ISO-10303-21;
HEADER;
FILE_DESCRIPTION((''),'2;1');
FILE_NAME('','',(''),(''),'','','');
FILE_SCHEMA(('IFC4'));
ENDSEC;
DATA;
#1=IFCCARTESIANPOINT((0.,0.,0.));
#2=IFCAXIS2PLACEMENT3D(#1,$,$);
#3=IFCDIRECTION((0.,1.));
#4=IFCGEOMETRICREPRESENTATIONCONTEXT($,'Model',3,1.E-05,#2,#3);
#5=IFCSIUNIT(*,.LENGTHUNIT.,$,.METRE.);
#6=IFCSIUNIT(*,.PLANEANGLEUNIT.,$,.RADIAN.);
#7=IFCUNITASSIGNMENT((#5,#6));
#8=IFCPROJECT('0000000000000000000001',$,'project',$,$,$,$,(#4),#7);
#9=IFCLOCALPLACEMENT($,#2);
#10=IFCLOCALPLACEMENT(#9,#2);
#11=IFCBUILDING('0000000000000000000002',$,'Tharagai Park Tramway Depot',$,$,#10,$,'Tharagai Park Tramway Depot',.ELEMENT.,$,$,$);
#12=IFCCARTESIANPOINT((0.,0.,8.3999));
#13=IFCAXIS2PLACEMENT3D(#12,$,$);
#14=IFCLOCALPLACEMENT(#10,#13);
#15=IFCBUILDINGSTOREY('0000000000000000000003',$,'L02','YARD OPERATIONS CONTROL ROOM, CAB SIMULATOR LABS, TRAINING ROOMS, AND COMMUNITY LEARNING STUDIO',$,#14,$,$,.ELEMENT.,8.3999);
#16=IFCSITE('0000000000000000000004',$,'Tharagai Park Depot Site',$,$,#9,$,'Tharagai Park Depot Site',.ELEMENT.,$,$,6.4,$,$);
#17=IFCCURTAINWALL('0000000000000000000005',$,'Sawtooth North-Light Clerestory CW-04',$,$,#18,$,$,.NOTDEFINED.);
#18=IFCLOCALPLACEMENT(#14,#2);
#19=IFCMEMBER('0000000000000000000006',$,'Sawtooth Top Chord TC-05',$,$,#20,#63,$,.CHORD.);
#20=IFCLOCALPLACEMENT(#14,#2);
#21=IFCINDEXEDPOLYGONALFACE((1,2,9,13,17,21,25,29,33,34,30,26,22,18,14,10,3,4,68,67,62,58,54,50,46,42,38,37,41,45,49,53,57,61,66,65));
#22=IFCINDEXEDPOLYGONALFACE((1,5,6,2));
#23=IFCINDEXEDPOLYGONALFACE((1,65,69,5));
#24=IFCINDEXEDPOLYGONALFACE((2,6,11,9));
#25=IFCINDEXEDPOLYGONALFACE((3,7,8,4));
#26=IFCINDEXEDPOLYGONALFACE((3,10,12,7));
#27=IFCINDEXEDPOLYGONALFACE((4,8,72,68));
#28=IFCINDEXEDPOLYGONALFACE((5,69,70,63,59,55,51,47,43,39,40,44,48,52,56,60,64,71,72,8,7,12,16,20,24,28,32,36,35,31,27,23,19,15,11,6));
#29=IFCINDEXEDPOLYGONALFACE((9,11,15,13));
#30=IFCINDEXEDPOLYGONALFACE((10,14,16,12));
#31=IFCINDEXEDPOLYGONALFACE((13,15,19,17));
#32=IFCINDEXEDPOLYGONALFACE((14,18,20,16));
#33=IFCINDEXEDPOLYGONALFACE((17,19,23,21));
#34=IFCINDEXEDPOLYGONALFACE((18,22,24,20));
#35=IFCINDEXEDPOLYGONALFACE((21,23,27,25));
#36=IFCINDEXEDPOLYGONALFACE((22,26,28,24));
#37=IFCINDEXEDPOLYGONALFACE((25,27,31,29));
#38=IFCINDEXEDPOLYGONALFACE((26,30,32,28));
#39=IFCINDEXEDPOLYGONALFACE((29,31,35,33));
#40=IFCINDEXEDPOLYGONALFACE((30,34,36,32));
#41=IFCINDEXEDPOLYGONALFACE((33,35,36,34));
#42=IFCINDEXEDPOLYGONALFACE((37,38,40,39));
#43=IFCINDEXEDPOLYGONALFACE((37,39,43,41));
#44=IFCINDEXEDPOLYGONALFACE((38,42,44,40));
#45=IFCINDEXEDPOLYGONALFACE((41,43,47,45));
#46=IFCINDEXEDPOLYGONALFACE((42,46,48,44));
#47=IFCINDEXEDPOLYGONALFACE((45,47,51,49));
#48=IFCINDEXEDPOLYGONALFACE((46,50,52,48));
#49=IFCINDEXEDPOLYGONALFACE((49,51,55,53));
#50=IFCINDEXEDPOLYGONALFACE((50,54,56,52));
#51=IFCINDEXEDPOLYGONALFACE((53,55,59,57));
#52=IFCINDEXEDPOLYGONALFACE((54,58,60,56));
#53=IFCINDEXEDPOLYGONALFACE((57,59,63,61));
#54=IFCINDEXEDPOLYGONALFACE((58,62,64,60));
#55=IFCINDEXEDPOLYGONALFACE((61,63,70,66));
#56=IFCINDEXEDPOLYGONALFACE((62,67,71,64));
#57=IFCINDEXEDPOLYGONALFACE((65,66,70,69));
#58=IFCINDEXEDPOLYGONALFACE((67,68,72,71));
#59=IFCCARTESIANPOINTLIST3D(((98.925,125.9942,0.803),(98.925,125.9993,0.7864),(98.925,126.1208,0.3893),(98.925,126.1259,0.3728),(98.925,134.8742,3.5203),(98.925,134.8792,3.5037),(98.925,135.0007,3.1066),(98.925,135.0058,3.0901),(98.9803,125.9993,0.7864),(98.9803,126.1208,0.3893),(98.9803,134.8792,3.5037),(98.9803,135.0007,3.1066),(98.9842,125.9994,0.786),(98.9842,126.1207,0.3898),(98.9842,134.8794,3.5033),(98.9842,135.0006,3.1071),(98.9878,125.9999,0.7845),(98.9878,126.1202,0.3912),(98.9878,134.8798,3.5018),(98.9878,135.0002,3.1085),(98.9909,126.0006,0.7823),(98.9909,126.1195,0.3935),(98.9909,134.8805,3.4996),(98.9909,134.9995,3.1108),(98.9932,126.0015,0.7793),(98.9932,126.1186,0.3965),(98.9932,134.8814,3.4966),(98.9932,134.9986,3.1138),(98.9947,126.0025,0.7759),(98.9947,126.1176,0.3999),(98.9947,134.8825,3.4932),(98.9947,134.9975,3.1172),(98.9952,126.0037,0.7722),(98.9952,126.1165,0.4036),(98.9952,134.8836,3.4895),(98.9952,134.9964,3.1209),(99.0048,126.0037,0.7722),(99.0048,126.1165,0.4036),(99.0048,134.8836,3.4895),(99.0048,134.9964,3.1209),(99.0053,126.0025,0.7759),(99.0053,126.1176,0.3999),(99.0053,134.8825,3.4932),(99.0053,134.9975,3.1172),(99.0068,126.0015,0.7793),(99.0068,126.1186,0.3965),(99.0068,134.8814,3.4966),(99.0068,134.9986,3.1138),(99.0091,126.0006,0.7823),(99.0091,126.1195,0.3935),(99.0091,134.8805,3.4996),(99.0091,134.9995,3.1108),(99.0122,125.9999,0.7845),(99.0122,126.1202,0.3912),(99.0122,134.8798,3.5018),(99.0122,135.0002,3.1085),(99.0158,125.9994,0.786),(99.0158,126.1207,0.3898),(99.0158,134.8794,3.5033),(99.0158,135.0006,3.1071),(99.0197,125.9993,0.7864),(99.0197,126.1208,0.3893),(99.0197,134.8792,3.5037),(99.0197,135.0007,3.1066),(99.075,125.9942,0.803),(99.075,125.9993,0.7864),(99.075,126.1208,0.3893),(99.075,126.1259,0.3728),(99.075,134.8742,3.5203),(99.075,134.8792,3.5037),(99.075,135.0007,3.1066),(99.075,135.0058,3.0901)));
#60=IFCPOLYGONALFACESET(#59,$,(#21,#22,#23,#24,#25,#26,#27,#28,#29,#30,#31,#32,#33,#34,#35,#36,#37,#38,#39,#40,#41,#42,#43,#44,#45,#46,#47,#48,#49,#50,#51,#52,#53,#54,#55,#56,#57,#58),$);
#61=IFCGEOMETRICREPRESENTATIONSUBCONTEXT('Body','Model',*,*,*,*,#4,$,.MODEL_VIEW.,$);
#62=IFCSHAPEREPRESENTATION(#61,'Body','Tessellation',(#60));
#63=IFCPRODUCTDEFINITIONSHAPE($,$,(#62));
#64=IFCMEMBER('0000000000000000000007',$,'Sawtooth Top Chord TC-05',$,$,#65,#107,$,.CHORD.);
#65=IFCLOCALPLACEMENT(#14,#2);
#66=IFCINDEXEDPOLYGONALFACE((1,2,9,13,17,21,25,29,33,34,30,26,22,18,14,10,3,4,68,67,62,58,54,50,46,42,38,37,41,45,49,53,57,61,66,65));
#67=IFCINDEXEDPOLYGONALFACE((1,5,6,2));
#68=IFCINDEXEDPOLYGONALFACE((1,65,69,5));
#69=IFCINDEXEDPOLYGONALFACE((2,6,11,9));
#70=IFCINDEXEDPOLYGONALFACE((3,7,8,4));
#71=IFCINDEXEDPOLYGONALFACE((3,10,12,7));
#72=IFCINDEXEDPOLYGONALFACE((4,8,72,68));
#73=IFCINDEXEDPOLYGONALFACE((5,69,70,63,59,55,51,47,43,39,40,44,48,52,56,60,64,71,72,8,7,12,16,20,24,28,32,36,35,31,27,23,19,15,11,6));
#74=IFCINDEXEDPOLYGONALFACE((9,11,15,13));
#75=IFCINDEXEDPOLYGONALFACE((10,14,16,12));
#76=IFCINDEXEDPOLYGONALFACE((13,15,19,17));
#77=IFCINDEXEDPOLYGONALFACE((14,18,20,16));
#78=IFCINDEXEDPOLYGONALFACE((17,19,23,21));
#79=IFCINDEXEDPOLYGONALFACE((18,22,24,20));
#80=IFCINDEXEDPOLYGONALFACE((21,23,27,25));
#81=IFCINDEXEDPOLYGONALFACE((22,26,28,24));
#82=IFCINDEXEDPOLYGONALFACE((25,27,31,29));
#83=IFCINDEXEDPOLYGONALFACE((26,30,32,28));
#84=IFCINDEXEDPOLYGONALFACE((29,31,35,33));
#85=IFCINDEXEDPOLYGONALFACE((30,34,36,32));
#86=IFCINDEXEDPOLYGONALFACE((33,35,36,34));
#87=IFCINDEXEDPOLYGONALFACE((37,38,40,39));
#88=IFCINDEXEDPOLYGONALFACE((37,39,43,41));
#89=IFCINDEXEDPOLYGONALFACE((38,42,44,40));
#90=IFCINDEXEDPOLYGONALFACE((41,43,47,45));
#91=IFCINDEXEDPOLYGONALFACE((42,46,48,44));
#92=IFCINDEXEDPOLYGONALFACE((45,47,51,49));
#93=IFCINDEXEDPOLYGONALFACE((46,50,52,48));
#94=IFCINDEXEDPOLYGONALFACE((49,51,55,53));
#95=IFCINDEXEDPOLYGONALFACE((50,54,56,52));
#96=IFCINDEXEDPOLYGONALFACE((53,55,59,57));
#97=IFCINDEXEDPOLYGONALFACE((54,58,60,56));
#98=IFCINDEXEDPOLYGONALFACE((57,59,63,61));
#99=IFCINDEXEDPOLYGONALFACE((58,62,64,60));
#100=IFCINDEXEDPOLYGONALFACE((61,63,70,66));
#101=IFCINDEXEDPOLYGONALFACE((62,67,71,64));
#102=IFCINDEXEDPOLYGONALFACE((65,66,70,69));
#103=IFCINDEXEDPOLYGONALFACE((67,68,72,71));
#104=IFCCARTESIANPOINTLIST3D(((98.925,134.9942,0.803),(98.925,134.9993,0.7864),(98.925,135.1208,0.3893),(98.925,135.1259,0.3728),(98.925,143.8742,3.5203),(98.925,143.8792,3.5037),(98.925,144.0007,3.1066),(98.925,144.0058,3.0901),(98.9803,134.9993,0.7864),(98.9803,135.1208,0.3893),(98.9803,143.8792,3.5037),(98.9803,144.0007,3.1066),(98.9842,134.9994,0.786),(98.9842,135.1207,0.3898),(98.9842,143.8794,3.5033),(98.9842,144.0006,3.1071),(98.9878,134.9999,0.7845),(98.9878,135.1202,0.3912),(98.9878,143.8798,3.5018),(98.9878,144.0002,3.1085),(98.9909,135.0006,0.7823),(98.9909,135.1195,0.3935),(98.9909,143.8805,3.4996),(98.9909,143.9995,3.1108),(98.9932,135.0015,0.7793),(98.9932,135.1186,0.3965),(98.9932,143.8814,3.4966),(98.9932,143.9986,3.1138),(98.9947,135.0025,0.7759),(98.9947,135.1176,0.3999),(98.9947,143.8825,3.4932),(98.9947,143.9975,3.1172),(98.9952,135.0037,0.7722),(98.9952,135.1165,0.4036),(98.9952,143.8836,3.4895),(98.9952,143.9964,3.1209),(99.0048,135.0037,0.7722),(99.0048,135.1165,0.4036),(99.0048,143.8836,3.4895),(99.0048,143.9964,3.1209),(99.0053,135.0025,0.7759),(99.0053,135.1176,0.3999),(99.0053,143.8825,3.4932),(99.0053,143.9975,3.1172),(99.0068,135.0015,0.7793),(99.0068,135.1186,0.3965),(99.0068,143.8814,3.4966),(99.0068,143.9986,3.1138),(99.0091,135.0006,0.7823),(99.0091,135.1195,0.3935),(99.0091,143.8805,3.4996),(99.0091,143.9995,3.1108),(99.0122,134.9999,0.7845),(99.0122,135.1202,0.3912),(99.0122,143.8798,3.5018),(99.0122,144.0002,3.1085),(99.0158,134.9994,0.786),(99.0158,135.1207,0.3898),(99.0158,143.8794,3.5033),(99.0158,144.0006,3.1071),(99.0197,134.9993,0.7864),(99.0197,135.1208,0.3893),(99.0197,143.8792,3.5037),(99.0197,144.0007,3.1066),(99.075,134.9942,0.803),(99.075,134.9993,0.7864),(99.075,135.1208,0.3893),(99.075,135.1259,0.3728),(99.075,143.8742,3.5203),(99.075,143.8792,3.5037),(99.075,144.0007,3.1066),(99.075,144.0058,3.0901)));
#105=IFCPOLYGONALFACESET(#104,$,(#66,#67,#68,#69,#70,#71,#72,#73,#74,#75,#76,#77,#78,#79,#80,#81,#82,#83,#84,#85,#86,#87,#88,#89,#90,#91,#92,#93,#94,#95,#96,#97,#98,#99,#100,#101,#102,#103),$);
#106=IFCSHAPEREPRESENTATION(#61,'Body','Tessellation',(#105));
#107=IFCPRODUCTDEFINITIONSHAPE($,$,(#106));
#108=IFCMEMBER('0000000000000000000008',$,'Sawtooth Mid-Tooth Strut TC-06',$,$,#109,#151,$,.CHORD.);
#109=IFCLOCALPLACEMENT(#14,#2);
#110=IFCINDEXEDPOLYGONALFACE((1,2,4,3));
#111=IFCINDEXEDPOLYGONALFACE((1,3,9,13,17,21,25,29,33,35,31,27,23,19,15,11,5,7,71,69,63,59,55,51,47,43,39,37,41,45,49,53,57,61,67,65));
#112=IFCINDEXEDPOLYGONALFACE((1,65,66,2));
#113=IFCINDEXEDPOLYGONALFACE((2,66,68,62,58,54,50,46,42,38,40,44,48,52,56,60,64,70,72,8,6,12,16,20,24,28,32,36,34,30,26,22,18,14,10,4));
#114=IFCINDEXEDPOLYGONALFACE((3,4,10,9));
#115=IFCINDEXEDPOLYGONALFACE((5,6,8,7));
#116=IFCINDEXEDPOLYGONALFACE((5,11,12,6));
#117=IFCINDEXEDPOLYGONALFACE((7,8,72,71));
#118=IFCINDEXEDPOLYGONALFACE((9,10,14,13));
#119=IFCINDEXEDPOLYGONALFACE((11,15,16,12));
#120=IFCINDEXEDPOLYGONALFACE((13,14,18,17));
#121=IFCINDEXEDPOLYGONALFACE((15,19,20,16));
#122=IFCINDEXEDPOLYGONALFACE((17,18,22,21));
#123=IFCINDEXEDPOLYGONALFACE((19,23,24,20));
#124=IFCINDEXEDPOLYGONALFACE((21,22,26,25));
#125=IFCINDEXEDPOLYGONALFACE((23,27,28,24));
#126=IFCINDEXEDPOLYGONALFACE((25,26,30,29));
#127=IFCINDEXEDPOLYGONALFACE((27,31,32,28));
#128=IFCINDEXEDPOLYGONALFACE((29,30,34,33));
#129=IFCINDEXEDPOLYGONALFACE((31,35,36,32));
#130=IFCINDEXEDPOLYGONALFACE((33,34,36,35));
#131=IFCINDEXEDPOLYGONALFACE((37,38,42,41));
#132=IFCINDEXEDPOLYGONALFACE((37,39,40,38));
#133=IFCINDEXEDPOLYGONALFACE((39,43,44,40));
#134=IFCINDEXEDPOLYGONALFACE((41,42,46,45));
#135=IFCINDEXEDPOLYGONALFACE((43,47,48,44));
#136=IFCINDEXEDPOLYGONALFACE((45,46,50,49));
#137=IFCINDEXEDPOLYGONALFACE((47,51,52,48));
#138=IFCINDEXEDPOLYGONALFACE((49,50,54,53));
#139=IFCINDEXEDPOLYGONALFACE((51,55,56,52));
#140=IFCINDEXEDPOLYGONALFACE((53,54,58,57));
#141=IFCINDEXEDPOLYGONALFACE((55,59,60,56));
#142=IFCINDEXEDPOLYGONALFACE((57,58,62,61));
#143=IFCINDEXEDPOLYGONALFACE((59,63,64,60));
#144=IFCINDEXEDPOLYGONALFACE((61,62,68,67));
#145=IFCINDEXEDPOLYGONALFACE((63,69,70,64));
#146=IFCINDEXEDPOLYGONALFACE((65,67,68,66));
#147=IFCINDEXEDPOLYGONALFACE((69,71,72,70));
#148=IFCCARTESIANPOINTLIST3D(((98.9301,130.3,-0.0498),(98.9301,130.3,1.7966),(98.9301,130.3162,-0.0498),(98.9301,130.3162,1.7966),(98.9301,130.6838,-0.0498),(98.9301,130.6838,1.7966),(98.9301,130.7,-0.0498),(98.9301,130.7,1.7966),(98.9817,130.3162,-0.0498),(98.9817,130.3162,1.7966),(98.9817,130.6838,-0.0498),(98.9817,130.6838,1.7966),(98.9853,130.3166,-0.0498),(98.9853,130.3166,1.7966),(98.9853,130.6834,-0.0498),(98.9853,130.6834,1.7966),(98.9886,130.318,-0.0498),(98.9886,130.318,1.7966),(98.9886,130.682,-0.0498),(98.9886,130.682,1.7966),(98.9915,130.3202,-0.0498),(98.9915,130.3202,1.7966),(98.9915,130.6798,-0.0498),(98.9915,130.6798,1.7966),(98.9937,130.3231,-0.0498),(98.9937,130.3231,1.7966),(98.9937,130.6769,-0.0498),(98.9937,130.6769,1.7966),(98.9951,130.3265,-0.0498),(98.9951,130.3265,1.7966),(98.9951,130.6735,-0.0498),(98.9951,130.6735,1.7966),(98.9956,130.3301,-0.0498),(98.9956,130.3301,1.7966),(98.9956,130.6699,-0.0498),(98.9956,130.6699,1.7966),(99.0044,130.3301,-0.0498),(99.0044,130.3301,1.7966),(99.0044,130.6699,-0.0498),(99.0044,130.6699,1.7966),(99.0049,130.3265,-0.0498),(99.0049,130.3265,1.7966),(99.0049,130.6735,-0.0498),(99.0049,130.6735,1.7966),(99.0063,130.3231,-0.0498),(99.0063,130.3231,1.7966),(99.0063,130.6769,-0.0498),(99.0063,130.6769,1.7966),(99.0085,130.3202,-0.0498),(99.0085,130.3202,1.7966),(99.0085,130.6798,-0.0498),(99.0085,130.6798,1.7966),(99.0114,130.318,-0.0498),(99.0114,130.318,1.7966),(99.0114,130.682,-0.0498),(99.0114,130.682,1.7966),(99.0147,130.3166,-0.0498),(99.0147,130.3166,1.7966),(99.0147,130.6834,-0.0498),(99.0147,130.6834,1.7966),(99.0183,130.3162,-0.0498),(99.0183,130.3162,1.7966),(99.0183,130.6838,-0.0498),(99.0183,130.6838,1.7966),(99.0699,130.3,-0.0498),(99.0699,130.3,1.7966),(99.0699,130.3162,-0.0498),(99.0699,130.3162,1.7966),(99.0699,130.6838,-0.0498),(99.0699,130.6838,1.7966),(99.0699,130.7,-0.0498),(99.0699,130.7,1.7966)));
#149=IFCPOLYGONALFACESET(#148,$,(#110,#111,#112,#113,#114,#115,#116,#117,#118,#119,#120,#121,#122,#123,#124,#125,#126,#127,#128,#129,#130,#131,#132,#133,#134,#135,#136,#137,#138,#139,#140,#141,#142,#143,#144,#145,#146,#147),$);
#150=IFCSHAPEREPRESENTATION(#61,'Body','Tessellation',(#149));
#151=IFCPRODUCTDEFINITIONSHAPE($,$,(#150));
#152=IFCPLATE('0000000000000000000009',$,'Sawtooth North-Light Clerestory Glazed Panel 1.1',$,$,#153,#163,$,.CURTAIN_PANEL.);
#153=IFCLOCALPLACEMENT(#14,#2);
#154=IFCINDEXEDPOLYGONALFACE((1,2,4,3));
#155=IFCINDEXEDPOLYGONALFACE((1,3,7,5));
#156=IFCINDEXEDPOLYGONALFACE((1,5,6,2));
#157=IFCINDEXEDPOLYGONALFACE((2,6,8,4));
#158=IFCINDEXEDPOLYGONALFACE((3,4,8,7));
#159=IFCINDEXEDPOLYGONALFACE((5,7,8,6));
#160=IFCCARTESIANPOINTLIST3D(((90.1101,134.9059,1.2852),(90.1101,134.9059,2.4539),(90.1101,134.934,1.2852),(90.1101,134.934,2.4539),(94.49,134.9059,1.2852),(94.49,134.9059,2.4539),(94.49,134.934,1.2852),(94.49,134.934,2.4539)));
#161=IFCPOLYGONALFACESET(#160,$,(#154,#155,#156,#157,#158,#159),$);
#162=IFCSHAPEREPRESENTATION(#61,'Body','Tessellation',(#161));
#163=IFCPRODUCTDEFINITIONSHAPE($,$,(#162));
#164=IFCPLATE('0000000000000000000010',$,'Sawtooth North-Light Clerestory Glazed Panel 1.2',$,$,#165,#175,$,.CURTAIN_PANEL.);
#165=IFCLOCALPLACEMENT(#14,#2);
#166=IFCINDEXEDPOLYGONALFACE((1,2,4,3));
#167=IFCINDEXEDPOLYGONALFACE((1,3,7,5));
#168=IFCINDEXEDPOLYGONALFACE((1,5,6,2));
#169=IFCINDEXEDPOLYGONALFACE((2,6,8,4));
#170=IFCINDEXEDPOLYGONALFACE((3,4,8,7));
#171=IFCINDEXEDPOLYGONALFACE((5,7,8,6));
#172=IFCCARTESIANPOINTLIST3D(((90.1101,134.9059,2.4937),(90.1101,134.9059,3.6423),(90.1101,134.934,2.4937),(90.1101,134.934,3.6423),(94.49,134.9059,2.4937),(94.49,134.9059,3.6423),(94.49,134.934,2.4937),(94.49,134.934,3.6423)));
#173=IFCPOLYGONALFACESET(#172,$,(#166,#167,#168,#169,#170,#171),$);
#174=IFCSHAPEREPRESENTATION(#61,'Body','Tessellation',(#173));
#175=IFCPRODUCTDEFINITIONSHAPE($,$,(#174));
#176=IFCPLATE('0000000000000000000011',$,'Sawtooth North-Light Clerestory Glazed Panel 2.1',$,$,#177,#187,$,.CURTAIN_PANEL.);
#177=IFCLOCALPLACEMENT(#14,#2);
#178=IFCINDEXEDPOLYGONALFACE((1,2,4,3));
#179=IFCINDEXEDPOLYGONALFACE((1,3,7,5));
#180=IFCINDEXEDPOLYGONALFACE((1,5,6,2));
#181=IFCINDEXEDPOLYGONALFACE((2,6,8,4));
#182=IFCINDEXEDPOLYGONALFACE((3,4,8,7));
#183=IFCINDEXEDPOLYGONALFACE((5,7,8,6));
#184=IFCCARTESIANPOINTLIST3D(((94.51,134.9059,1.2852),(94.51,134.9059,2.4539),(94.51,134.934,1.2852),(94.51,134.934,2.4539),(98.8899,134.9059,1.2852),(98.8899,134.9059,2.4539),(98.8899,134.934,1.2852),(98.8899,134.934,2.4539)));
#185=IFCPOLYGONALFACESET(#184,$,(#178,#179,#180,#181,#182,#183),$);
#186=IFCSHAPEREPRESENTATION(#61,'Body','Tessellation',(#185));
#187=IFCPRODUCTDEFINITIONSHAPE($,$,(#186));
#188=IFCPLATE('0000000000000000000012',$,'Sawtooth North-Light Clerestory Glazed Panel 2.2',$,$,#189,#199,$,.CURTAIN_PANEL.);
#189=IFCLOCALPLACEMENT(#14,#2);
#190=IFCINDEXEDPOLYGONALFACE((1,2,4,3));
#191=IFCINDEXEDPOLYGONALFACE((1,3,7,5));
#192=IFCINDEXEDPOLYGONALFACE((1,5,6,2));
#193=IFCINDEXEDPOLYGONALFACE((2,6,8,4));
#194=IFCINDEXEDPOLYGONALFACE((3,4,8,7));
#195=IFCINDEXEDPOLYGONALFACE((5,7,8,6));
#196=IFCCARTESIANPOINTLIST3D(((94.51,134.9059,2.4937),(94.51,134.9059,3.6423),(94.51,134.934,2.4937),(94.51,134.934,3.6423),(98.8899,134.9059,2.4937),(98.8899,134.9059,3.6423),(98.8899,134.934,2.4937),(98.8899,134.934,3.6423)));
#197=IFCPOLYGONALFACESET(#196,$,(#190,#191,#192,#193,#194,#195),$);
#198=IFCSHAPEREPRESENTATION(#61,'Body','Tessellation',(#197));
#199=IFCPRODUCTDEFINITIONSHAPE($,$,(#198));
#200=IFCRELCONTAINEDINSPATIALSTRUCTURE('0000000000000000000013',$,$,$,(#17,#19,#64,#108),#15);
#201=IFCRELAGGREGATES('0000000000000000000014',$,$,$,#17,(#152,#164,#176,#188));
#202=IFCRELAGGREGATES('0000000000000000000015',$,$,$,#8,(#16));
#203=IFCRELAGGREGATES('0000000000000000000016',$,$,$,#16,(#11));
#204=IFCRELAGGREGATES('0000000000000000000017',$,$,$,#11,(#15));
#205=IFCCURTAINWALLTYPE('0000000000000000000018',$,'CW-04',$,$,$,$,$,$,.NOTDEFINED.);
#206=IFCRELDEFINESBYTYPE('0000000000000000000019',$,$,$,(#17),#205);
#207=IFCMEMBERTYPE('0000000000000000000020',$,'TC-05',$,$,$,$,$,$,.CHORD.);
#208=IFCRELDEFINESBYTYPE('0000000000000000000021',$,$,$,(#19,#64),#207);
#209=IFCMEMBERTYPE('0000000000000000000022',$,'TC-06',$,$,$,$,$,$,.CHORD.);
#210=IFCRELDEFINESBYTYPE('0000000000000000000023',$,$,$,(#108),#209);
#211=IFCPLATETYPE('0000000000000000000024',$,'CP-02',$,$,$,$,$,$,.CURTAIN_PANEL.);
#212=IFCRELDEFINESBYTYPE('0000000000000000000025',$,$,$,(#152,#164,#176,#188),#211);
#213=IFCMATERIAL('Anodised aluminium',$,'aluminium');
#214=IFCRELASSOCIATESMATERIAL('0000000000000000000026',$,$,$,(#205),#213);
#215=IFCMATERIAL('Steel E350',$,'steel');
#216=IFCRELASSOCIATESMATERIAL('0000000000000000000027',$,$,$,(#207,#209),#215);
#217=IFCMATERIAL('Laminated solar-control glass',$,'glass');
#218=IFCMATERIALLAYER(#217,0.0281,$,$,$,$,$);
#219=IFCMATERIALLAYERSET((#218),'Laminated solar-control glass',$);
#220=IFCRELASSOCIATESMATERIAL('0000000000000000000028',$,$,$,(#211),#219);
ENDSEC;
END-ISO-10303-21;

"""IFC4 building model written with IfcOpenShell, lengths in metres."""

from ifc_helpers import new_model, si_unit, direction, frame, origin, origin_2d, place, context, subcontext, project, spatial, rectangle, i_section, extrude, material, layer, layer_set, material_profile, profile_set, type_object, element, aggregate, save


model = new_model("IFC4")

# Units and contexts
model_context = context("Model", 3, precision=1e-05, world=origin(), true_north=direction((0.0, 1.0)))
body_context = subcontext(model_context, "Body", "Model", "MODEL_VIEW")
ifc_project = project(units=[si_unit("LENGTHUNIT", "METRE"), si_unit("PLANEANGLEUNIT", "RADIAN")], contexts=[model_context])

# Site, building, storey
site_placement = place(None, origin())
site = spatial("IfcSite", under=ifc_project, at=site_placement, Name="Tharagai Park Depot Site", LongName="Tharagai Park Depot Site", CompositionType="ELEMENT", RefElevation=6.4)
building_placement = place(site_placement, origin())
building = spatial("IfcBuilding", under=site, at=building_placement, Name="Tharagai Park Tramway Depot", LongName="Tharagai Park Tramway Depot", CompositionType="ELEMENT")
storey_placement = place(building_placement, frame((0.0, 0.0, 8.3999)))
storey = spatial("IfcBuildingStorey", under=building, at=storey_placement, Name="L02", Description="YARD OPERATIONS CONTROL ROOM, CAB SIMULATOR LABS, TRAINING ROOMS, AND COMMUNITY LEARNING STUDIO", CompositionType="ELEMENT", Elevation=8.3999)

# Shared definitions
ifc_material_1 = material(Name="Steel E350", Category="steel")

# Curtain wall
ifc_material_2 = material(Name="Anodised aluminium", Category="aluminium")
curtain_wall_type = type_object("IfcCurtainWallType", Name="CW-04", PredefinedType="NOTDEFINED", material=ifc_material_2)
curtain_wall_1_placement = place(storey_placement, origin())
curtain_wall_1 = element("IfcCurtainWall", 1, at=curtain_wall_1_placement, inside=storey, type_object=curtain_wall_type, Name="Sawtooth North-Light Clerestory CW-04", PredefinedType="NOTDEFINED")

# Members
ifc_material_profile_1 = material_profile(ifc_material_1, i_section(OverallWidth=0.1499, OverallDepth=0.45, WebThickness=0.0095, FlangeThickness=0.0173, FilletRadius=0.0149, at=origin_2d()), Name="ISMB 450")
ifc_profile_set_1 = profile_set([ifc_material_profile_1], Name="Steel E350")
member_type_1 = type_object("IfcMemberType", Name="TC-05", PredefinedType="CHORD", material=ifc_profile_set_1)
for number, where, z_axis, x_axis, name in (
    (2, (99.0, 126.0601, 0.5879), (0.0, 0.956231, 0.292611), (-1.0, 0.0, 0.0), "Sawtooth Top Chord TC-05"),
    (3, (99.0, 135.0601, 0.5879), (0.0, 0.956231, 0.292611), (-1.0, 0.0, 0.0), "Sawtooth Top Chord TC-05"),
):
    element("IfcMember", number, at=place(storey_placement, frame(where, z_axis=z_axis, x_axis=x_axis)), inside=storey, type_object=member_type_1, Name=name, PredefinedType="CHORD", context=body_context, shape_type="SweptSolid", body=[
        extrude(i_section(OverallWidth=0.1499, OverallDepth=0.45, WebThickness=0.0095, FlangeThickness=0.0173, FilletRadius=0.0149, at=origin_2d()), origin(), (0.0, 0.0, 1.0), 9.2864),
    ])
ifc_material_profile_2 = material_profile(ifc_material_1, i_section(OverallWidth=0.1399, OverallDepth=0.3999, WebThickness=0.0088, FlangeThickness=0.0161, FilletRadius=0.0139, at=origin_2d()), Name="ISMB 400")
ifc_profile_set_2 = profile_set([ifc_material_profile_2], Name="Steel E350")
member_type_2 = type_object("IfcMemberType", Name="TC-06", PredefinedType="CHORD", material=ifc_profile_set_2)
member_1_placement = place(storey_placement, frame((99.0, 130.5, -0.0498), z_axis=(0.0, 0.0, 1.0), x_axis=(1.0, 0.0, 0.0)))
element("IfcMember", 4, at=member_1_placement, inside=storey, type_object=member_type_2, Name="Sawtooth Mid-Tooth Strut TC-06", PredefinedType="CHORD", context=body_context, shape_type="SweptSolid", body=[
    extrude(i_section(OverallWidth=0.1399, OverallDepth=0.3999, WebThickness=0.0088, FlangeThickness=0.0161, FilletRadius=0.0139, at=origin_2d()), origin(), (0.0, 0.0, 1.0), 1.8464),
])

# Plates
ifc_material_3 = material(Name="Laminated solar-control glass", Category="glass")
ifc_layer = layer(ifc_material_3, 0.0281)
ifc_layer_set = layer_set([ifc_layer], Name="Laminated solar-control glass")
plate_type = type_object("IfcPlateType", Name="CP-02", PredefinedType="CURTAIN_PANEL", material=ifc_layer_set)
plate_1_placement = place(storey_placement, frame((92.3, 134.9199, 1.2852), z_axis=(0.0, 0.0, 1.0), x_axis=(1.0, 0.0, 0.0)))
plate_1 = element("IfcPlate", 5, at=plate_1_placement, type_object=plate_type, Name="Sawtooth North-Light Clerestory Glazed Panel 1.1", PredefinedType="CURTAIN_PANEL", context=body_context, shape_type="SweptSolid", body=[
    extrude(rectangle(XDim=4.3799, YDim=0.0281, at=origin_2d()), origin(), (0.0, 0.0, 1.0), 1.1687),
])
plate_2_placement = place(storey_placement, frame((92.3, 134.9199, 2.4937), z_axis=(0.0, 0.0, 1.0), x_axis=(1.0, 0.0, 0.0)))
plate_2 = element("IfcPlate", 6, at=plate_2_placement, type_object=plate_type, Name="Sawtooth North-Light Clerestory Glazed Panel 1.2", PredefinedType="CURTAIN_PANEL", context=body_context, shape_type="SweptSolid", body=[
    extrude(rectangle(XDim=4.3799, YDim=0.0281, at=origin_2d()), origin(), (0.0, 0.0, 1.0), 1.1487),
])
plate_3_placement = place(storey_placement, frame((96.7, 134.9199, 1.2852), z_axis=(0.0, 0.0, 1.0), x_axis=(1.0, 0.0, 0.0)))
plate_3 = element("IfcPlate", 7, at=plate_3_placement, type_object=plate_type, Name="Sawtooth North-Light Clerestory Glazed Panel 2.1", PredefinedType="CURTAIN_PANEL", context=body_context, shape_type="SweptSolid", body=[
    extrude(rectangle(XDim=4.3799, YDim=0.0281, at=origin_2d()), origin(), (0.0, 0.0, 1.0), 1.1687),
])
plate_4_placement = place(storey_placement, frame((96.7, 134.9199, 2.4937), z_axis=(0.0, 0.0, 1.0), x_axis=(1.0, 0.0, 0.0)))
plate_4 = element("IfcPlate", 8, at=plate_4_placement, type_object=plate_type, Name="Sawtooth North-Light Clerestory Glazed Panel 2.2", PredefinedType="CURTAIN_PANEL", context=body_context, shape_type="SweptSolid", body=[
    extrude(rectangle(XDim=4.3799, YDim=0.0281, at=origin_2d()), origin(), (0.0, 0.0, 1.0), 1.1487),
])
aggregate(curtain_wall_1, [plate_1, plate_2, plate_3, plate_4])

save(model, "model.ifc")
